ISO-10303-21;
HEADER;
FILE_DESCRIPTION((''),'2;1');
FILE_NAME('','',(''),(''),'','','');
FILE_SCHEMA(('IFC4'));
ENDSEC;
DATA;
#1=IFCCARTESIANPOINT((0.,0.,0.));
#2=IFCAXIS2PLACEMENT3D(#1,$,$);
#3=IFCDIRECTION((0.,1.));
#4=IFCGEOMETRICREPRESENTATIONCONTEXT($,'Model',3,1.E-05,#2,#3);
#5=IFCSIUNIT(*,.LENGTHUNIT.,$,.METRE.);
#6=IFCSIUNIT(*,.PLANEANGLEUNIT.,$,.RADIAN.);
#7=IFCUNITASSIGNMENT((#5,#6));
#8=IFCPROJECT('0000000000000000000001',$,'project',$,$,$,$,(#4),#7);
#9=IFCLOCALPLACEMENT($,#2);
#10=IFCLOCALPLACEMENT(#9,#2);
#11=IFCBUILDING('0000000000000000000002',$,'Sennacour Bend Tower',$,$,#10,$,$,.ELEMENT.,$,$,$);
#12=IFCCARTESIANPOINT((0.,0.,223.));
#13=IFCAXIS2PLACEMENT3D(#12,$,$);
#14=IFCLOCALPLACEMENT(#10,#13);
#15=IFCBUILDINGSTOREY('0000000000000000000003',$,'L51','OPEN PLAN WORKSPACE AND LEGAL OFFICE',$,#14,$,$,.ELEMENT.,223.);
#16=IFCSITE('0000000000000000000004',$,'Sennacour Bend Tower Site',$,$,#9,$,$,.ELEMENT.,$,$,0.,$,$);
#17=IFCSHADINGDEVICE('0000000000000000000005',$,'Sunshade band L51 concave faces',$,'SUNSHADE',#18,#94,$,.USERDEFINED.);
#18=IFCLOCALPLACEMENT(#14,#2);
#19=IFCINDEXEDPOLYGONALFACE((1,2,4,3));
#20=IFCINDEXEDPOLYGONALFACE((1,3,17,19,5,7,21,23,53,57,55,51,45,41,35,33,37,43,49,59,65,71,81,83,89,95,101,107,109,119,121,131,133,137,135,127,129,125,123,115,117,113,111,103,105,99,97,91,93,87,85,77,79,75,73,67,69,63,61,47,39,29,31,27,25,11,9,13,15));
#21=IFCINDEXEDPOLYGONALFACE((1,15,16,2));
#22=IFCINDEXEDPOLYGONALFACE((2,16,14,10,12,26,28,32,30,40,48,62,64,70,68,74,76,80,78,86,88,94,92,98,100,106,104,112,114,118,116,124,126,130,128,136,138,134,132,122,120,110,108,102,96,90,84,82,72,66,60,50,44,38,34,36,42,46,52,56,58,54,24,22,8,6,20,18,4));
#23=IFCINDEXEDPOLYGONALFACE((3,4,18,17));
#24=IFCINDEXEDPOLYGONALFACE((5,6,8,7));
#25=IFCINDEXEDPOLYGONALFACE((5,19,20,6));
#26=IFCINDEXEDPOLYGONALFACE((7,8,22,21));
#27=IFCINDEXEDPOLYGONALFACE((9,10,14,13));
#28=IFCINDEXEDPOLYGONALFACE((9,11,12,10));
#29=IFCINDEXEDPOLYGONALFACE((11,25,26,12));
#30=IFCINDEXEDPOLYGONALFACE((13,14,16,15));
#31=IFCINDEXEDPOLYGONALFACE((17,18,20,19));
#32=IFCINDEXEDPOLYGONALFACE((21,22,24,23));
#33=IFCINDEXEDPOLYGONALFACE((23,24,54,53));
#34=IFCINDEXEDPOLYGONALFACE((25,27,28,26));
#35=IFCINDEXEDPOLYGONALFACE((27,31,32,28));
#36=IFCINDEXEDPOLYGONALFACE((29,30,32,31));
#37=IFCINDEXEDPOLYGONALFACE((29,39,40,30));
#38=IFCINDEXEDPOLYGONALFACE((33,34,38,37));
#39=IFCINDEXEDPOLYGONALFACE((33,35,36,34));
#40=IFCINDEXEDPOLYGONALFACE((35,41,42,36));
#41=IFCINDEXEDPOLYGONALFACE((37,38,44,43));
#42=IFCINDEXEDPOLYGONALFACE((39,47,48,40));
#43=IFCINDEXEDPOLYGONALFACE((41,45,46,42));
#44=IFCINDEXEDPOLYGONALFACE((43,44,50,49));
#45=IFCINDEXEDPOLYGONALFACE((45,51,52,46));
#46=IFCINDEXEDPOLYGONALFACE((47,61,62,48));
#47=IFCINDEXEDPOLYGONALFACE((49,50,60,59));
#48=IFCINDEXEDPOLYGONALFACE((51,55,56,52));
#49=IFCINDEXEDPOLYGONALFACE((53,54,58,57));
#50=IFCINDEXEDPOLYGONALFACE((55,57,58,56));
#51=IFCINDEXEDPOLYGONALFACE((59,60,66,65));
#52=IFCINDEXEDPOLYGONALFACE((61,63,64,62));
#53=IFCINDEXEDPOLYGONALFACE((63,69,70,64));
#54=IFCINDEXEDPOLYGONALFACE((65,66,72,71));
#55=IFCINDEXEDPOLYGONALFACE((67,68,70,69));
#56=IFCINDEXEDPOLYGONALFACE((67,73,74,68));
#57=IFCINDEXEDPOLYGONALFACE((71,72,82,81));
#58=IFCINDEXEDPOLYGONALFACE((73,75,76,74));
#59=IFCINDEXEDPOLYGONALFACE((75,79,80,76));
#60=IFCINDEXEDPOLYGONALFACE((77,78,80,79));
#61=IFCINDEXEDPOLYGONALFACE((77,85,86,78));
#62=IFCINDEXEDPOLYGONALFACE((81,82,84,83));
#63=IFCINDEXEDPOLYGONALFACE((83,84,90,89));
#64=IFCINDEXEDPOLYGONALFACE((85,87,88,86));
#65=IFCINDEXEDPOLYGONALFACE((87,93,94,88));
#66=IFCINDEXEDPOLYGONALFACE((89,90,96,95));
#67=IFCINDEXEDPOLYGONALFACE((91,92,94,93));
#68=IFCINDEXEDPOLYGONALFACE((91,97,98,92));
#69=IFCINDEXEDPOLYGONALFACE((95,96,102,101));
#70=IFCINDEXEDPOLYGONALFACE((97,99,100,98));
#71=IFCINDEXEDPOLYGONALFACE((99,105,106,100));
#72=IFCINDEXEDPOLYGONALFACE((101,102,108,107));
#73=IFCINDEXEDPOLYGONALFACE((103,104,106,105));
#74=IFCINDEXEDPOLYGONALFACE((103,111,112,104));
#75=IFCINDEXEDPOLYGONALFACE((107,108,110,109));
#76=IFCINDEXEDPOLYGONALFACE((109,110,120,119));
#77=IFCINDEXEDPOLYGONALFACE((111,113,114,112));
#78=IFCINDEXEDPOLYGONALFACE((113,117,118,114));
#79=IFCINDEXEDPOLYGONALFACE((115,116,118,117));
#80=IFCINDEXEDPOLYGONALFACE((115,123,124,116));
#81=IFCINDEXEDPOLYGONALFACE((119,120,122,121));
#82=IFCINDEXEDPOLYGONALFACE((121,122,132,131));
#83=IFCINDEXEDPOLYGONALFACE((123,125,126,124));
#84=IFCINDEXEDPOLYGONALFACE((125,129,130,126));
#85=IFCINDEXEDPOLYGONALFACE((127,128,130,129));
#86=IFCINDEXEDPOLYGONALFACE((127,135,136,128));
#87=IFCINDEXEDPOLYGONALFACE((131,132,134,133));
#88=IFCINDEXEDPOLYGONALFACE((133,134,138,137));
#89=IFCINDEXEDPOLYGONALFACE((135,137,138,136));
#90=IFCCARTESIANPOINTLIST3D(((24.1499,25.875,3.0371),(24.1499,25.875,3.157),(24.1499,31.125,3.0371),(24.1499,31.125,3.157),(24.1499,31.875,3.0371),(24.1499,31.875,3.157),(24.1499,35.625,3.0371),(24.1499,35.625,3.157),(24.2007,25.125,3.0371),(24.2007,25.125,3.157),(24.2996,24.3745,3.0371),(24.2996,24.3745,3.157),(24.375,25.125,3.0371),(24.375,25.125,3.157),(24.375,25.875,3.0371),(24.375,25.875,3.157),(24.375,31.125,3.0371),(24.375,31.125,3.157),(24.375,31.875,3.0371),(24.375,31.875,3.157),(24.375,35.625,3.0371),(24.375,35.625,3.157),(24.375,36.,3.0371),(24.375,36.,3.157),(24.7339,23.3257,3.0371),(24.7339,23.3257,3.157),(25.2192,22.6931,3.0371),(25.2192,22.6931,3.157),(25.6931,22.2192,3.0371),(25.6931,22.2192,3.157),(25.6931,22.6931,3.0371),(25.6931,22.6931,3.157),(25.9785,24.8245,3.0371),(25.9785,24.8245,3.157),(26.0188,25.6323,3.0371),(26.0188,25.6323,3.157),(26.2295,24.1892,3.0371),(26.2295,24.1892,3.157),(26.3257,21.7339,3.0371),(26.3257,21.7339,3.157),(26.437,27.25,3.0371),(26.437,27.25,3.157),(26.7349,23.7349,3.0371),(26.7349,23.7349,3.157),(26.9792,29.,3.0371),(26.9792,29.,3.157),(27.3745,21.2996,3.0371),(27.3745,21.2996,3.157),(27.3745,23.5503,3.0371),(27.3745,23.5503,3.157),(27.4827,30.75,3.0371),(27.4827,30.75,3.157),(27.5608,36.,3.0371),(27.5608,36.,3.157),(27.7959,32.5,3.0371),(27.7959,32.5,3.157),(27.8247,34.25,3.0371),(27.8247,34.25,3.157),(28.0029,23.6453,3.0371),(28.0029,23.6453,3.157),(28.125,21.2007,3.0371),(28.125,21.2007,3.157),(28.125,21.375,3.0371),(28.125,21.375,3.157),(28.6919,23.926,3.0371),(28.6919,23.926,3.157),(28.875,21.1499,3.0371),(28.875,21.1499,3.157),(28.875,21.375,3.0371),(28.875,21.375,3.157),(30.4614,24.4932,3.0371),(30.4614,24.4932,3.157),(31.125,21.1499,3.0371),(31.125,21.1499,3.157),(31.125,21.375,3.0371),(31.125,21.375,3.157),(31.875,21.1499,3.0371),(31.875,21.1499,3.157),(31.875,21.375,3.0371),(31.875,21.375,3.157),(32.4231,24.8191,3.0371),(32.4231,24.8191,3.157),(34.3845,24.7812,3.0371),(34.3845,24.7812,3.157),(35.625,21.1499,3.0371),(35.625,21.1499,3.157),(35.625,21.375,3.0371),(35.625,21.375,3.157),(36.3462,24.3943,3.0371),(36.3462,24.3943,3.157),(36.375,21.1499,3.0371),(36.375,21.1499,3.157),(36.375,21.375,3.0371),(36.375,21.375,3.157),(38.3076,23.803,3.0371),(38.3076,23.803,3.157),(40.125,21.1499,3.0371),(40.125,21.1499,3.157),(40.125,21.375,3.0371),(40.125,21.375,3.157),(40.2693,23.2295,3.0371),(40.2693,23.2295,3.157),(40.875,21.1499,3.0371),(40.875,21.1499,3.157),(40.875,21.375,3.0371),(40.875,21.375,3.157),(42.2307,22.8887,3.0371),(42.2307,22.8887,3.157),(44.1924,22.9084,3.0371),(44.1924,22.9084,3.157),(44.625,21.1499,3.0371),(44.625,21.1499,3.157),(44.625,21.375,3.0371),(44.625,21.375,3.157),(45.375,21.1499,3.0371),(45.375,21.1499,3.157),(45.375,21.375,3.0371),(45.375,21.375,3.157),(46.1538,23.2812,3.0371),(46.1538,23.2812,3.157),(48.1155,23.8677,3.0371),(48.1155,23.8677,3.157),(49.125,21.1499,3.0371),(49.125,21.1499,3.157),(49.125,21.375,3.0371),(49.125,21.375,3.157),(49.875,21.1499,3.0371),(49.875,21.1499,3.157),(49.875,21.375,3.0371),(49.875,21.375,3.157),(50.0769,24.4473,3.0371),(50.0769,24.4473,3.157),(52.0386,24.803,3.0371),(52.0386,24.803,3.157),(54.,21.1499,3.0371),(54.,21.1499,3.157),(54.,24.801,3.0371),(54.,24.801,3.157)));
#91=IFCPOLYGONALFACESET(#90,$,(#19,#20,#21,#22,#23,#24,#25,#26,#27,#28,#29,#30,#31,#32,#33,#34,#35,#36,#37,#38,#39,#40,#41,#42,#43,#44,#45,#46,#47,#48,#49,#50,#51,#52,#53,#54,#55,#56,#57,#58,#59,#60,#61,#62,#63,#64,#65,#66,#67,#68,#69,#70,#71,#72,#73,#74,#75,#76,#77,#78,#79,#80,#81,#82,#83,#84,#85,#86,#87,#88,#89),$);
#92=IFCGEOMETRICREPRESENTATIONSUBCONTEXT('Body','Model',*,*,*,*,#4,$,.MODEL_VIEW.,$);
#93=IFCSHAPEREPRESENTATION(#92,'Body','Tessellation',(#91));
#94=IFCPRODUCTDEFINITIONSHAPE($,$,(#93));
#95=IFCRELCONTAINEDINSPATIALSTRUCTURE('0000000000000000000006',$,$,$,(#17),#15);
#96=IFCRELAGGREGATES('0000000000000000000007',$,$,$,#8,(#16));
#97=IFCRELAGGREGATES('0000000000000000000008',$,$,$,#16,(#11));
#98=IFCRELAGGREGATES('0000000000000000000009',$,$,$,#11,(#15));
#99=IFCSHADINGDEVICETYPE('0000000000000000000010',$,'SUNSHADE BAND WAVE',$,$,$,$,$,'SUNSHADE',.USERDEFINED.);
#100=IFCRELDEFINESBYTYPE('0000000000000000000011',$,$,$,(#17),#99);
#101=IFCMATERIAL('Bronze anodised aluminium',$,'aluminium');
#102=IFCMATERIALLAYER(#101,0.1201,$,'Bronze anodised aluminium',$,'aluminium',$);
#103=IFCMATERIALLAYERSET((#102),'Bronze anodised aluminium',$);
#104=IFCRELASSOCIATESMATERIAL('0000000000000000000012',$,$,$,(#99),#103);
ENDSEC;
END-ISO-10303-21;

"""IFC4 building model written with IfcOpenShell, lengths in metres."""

from ifc_helpers import new_model, si_unit, direction, frame, origin, place, context, subcontext, project, spatial, polyline, outline, extrude, material, layer, layer_set, type_object, element, save


model = new_model("IFC4")

# Units and contexts
model_context = context("Model", 3, precision=1e-05, world=origin(), true_north=direction((0.0, 1.0)))
body_context = subcontext(model_context, "Body", "Model", "MODEL_VIEW")
ifc_project = project(units=[si_unit("LENGTHUNIT", "METRE"), si_unit("PLANEANGLEUNIT", "RADIAN")], contexts=[model_context])

# Site, building, storey
site_placement = place(None, origin())
site = spatial("IfcSite", under=ifc_project, at=site_placement, Name="Sennacour Bend Tower Site", CompositionType="ELEMENT", RefElevation=0.0)
building_placement = place(site_placement, origin())
building = spatial("IfcBuilding", under=site, at=building_placement, Name="Sennacour Bend Tower", CompositionType="ELEMENT")
storey_placement = place(building_placement, frame((0.0, 0.0, 223.0)))
storey = spatial("IfcBuildingStorey", under=building, at=storey_placement, Name="L51", Description="OPEN PLAN WORKSPACE AND LEGAL OFFICE", CompositionType="ELEMENT", Elevation=223.0)

# Shading device
ifc_material_1 = material(Name="Bronze anodised aluminium", Category="aluminium")
ifc_layer_1 = layer(ifc_material_1, 0.1201, Name="Bronze anodised aluminium", Category="aluminium")
ifc_layer_set_1 = layer_set([ifc_layer_1], Name="Bronze anodised aluminium")
shading_device_type_1 = type_object("IfcShadingDeviceType", Name="SUNSHADE BAND WAVE", ElementType="SUNSHADE", PredefinedType="USERDEFINED", material=ifc_layer_set_1)
shading_device_1_placement = place(storey_placement, frame((0.0, 0.0, 3.0371)))
element("IfcShadingDevice", 1, at=shading_device_1_placement, inside=storey, type_object=shading_device_type_1, Name="Sunshade band L51 concave faces", ObjectType="SUNSHADE", PredefinedType="USERDEFINED", context=body_context, shape_type="SweptSolid", body=[
    extrude(outline(polyline([(54.0, 21.1499), (49.875, 21.1499), (49.875, 21.375), (49.125, 21.375), (49.125, 21.1499), (45.375, 21.1499), (45.375, 21.375), (44.625, 21.375), (44.625, 21.1499), (40.875, 21.1499), (40.875, 21.375), (40.125, 21.375), (40.125, 21.1499), (36.375, 21.1499), (36.375, 21.375), (35.625, 21.375), (35.625, 21.1499), (31.875, 21.1499), (31.875, 21.375), (31.125, 21.375), (31.125, 21.1499), (28.875, 21.1499), (28.875, 21.375), (28.125, 21.375), (28.125, 21.2007), (27.3745, 21.2996), (26.3257, 21.7339), (25.6931, 22.2192), (25.6931, 22.6931), (25.2192, 22.6931), (24.7339, 23.3257), (24.2996, 24.3745), (24.2007, 25.125), (24.375, 25.125), (24.375, 25.875), (24.1499, 25.875), (24.1499, 31.125), (24.375, 31.125), (24.375, 31.875), (24.1499, 31.875), (24.1499, 35.625), (24.375, 35.625), (24.375, 36.0), (27.5608, 36.0), (27.8247, 34.25), (27.7959, 32.5), (27.4827, 30.75), (26.9792, 29.0), (26.437, 27.25), (26.0188, 25.6323), (25.9785, 24.8245), (26.2295, 24.1892), (26.7349, 23.7349), (27.3745, 23.5503), (28.0029, 23.6453), (28.6919, 23.926), (30.4614, 24.4932), (32.4231, 24.8191), (34.3845, 24.7812), (36.3462, 24.3943), (38.3076, 23.803), (40.2693, 23.2295), (42.2307, 22.8887), (44.1924, 22.9084), (46.1538, 23.2812), (48.1155, 23.8677), (50.0769, 24.4473), (52.0386, 24.803), (54.0, 24.801), (54.0, 21.1499)])), origin(), (0.0, 0.0, 1.0), 0.1199),
])

save(model, "model.ifc")
